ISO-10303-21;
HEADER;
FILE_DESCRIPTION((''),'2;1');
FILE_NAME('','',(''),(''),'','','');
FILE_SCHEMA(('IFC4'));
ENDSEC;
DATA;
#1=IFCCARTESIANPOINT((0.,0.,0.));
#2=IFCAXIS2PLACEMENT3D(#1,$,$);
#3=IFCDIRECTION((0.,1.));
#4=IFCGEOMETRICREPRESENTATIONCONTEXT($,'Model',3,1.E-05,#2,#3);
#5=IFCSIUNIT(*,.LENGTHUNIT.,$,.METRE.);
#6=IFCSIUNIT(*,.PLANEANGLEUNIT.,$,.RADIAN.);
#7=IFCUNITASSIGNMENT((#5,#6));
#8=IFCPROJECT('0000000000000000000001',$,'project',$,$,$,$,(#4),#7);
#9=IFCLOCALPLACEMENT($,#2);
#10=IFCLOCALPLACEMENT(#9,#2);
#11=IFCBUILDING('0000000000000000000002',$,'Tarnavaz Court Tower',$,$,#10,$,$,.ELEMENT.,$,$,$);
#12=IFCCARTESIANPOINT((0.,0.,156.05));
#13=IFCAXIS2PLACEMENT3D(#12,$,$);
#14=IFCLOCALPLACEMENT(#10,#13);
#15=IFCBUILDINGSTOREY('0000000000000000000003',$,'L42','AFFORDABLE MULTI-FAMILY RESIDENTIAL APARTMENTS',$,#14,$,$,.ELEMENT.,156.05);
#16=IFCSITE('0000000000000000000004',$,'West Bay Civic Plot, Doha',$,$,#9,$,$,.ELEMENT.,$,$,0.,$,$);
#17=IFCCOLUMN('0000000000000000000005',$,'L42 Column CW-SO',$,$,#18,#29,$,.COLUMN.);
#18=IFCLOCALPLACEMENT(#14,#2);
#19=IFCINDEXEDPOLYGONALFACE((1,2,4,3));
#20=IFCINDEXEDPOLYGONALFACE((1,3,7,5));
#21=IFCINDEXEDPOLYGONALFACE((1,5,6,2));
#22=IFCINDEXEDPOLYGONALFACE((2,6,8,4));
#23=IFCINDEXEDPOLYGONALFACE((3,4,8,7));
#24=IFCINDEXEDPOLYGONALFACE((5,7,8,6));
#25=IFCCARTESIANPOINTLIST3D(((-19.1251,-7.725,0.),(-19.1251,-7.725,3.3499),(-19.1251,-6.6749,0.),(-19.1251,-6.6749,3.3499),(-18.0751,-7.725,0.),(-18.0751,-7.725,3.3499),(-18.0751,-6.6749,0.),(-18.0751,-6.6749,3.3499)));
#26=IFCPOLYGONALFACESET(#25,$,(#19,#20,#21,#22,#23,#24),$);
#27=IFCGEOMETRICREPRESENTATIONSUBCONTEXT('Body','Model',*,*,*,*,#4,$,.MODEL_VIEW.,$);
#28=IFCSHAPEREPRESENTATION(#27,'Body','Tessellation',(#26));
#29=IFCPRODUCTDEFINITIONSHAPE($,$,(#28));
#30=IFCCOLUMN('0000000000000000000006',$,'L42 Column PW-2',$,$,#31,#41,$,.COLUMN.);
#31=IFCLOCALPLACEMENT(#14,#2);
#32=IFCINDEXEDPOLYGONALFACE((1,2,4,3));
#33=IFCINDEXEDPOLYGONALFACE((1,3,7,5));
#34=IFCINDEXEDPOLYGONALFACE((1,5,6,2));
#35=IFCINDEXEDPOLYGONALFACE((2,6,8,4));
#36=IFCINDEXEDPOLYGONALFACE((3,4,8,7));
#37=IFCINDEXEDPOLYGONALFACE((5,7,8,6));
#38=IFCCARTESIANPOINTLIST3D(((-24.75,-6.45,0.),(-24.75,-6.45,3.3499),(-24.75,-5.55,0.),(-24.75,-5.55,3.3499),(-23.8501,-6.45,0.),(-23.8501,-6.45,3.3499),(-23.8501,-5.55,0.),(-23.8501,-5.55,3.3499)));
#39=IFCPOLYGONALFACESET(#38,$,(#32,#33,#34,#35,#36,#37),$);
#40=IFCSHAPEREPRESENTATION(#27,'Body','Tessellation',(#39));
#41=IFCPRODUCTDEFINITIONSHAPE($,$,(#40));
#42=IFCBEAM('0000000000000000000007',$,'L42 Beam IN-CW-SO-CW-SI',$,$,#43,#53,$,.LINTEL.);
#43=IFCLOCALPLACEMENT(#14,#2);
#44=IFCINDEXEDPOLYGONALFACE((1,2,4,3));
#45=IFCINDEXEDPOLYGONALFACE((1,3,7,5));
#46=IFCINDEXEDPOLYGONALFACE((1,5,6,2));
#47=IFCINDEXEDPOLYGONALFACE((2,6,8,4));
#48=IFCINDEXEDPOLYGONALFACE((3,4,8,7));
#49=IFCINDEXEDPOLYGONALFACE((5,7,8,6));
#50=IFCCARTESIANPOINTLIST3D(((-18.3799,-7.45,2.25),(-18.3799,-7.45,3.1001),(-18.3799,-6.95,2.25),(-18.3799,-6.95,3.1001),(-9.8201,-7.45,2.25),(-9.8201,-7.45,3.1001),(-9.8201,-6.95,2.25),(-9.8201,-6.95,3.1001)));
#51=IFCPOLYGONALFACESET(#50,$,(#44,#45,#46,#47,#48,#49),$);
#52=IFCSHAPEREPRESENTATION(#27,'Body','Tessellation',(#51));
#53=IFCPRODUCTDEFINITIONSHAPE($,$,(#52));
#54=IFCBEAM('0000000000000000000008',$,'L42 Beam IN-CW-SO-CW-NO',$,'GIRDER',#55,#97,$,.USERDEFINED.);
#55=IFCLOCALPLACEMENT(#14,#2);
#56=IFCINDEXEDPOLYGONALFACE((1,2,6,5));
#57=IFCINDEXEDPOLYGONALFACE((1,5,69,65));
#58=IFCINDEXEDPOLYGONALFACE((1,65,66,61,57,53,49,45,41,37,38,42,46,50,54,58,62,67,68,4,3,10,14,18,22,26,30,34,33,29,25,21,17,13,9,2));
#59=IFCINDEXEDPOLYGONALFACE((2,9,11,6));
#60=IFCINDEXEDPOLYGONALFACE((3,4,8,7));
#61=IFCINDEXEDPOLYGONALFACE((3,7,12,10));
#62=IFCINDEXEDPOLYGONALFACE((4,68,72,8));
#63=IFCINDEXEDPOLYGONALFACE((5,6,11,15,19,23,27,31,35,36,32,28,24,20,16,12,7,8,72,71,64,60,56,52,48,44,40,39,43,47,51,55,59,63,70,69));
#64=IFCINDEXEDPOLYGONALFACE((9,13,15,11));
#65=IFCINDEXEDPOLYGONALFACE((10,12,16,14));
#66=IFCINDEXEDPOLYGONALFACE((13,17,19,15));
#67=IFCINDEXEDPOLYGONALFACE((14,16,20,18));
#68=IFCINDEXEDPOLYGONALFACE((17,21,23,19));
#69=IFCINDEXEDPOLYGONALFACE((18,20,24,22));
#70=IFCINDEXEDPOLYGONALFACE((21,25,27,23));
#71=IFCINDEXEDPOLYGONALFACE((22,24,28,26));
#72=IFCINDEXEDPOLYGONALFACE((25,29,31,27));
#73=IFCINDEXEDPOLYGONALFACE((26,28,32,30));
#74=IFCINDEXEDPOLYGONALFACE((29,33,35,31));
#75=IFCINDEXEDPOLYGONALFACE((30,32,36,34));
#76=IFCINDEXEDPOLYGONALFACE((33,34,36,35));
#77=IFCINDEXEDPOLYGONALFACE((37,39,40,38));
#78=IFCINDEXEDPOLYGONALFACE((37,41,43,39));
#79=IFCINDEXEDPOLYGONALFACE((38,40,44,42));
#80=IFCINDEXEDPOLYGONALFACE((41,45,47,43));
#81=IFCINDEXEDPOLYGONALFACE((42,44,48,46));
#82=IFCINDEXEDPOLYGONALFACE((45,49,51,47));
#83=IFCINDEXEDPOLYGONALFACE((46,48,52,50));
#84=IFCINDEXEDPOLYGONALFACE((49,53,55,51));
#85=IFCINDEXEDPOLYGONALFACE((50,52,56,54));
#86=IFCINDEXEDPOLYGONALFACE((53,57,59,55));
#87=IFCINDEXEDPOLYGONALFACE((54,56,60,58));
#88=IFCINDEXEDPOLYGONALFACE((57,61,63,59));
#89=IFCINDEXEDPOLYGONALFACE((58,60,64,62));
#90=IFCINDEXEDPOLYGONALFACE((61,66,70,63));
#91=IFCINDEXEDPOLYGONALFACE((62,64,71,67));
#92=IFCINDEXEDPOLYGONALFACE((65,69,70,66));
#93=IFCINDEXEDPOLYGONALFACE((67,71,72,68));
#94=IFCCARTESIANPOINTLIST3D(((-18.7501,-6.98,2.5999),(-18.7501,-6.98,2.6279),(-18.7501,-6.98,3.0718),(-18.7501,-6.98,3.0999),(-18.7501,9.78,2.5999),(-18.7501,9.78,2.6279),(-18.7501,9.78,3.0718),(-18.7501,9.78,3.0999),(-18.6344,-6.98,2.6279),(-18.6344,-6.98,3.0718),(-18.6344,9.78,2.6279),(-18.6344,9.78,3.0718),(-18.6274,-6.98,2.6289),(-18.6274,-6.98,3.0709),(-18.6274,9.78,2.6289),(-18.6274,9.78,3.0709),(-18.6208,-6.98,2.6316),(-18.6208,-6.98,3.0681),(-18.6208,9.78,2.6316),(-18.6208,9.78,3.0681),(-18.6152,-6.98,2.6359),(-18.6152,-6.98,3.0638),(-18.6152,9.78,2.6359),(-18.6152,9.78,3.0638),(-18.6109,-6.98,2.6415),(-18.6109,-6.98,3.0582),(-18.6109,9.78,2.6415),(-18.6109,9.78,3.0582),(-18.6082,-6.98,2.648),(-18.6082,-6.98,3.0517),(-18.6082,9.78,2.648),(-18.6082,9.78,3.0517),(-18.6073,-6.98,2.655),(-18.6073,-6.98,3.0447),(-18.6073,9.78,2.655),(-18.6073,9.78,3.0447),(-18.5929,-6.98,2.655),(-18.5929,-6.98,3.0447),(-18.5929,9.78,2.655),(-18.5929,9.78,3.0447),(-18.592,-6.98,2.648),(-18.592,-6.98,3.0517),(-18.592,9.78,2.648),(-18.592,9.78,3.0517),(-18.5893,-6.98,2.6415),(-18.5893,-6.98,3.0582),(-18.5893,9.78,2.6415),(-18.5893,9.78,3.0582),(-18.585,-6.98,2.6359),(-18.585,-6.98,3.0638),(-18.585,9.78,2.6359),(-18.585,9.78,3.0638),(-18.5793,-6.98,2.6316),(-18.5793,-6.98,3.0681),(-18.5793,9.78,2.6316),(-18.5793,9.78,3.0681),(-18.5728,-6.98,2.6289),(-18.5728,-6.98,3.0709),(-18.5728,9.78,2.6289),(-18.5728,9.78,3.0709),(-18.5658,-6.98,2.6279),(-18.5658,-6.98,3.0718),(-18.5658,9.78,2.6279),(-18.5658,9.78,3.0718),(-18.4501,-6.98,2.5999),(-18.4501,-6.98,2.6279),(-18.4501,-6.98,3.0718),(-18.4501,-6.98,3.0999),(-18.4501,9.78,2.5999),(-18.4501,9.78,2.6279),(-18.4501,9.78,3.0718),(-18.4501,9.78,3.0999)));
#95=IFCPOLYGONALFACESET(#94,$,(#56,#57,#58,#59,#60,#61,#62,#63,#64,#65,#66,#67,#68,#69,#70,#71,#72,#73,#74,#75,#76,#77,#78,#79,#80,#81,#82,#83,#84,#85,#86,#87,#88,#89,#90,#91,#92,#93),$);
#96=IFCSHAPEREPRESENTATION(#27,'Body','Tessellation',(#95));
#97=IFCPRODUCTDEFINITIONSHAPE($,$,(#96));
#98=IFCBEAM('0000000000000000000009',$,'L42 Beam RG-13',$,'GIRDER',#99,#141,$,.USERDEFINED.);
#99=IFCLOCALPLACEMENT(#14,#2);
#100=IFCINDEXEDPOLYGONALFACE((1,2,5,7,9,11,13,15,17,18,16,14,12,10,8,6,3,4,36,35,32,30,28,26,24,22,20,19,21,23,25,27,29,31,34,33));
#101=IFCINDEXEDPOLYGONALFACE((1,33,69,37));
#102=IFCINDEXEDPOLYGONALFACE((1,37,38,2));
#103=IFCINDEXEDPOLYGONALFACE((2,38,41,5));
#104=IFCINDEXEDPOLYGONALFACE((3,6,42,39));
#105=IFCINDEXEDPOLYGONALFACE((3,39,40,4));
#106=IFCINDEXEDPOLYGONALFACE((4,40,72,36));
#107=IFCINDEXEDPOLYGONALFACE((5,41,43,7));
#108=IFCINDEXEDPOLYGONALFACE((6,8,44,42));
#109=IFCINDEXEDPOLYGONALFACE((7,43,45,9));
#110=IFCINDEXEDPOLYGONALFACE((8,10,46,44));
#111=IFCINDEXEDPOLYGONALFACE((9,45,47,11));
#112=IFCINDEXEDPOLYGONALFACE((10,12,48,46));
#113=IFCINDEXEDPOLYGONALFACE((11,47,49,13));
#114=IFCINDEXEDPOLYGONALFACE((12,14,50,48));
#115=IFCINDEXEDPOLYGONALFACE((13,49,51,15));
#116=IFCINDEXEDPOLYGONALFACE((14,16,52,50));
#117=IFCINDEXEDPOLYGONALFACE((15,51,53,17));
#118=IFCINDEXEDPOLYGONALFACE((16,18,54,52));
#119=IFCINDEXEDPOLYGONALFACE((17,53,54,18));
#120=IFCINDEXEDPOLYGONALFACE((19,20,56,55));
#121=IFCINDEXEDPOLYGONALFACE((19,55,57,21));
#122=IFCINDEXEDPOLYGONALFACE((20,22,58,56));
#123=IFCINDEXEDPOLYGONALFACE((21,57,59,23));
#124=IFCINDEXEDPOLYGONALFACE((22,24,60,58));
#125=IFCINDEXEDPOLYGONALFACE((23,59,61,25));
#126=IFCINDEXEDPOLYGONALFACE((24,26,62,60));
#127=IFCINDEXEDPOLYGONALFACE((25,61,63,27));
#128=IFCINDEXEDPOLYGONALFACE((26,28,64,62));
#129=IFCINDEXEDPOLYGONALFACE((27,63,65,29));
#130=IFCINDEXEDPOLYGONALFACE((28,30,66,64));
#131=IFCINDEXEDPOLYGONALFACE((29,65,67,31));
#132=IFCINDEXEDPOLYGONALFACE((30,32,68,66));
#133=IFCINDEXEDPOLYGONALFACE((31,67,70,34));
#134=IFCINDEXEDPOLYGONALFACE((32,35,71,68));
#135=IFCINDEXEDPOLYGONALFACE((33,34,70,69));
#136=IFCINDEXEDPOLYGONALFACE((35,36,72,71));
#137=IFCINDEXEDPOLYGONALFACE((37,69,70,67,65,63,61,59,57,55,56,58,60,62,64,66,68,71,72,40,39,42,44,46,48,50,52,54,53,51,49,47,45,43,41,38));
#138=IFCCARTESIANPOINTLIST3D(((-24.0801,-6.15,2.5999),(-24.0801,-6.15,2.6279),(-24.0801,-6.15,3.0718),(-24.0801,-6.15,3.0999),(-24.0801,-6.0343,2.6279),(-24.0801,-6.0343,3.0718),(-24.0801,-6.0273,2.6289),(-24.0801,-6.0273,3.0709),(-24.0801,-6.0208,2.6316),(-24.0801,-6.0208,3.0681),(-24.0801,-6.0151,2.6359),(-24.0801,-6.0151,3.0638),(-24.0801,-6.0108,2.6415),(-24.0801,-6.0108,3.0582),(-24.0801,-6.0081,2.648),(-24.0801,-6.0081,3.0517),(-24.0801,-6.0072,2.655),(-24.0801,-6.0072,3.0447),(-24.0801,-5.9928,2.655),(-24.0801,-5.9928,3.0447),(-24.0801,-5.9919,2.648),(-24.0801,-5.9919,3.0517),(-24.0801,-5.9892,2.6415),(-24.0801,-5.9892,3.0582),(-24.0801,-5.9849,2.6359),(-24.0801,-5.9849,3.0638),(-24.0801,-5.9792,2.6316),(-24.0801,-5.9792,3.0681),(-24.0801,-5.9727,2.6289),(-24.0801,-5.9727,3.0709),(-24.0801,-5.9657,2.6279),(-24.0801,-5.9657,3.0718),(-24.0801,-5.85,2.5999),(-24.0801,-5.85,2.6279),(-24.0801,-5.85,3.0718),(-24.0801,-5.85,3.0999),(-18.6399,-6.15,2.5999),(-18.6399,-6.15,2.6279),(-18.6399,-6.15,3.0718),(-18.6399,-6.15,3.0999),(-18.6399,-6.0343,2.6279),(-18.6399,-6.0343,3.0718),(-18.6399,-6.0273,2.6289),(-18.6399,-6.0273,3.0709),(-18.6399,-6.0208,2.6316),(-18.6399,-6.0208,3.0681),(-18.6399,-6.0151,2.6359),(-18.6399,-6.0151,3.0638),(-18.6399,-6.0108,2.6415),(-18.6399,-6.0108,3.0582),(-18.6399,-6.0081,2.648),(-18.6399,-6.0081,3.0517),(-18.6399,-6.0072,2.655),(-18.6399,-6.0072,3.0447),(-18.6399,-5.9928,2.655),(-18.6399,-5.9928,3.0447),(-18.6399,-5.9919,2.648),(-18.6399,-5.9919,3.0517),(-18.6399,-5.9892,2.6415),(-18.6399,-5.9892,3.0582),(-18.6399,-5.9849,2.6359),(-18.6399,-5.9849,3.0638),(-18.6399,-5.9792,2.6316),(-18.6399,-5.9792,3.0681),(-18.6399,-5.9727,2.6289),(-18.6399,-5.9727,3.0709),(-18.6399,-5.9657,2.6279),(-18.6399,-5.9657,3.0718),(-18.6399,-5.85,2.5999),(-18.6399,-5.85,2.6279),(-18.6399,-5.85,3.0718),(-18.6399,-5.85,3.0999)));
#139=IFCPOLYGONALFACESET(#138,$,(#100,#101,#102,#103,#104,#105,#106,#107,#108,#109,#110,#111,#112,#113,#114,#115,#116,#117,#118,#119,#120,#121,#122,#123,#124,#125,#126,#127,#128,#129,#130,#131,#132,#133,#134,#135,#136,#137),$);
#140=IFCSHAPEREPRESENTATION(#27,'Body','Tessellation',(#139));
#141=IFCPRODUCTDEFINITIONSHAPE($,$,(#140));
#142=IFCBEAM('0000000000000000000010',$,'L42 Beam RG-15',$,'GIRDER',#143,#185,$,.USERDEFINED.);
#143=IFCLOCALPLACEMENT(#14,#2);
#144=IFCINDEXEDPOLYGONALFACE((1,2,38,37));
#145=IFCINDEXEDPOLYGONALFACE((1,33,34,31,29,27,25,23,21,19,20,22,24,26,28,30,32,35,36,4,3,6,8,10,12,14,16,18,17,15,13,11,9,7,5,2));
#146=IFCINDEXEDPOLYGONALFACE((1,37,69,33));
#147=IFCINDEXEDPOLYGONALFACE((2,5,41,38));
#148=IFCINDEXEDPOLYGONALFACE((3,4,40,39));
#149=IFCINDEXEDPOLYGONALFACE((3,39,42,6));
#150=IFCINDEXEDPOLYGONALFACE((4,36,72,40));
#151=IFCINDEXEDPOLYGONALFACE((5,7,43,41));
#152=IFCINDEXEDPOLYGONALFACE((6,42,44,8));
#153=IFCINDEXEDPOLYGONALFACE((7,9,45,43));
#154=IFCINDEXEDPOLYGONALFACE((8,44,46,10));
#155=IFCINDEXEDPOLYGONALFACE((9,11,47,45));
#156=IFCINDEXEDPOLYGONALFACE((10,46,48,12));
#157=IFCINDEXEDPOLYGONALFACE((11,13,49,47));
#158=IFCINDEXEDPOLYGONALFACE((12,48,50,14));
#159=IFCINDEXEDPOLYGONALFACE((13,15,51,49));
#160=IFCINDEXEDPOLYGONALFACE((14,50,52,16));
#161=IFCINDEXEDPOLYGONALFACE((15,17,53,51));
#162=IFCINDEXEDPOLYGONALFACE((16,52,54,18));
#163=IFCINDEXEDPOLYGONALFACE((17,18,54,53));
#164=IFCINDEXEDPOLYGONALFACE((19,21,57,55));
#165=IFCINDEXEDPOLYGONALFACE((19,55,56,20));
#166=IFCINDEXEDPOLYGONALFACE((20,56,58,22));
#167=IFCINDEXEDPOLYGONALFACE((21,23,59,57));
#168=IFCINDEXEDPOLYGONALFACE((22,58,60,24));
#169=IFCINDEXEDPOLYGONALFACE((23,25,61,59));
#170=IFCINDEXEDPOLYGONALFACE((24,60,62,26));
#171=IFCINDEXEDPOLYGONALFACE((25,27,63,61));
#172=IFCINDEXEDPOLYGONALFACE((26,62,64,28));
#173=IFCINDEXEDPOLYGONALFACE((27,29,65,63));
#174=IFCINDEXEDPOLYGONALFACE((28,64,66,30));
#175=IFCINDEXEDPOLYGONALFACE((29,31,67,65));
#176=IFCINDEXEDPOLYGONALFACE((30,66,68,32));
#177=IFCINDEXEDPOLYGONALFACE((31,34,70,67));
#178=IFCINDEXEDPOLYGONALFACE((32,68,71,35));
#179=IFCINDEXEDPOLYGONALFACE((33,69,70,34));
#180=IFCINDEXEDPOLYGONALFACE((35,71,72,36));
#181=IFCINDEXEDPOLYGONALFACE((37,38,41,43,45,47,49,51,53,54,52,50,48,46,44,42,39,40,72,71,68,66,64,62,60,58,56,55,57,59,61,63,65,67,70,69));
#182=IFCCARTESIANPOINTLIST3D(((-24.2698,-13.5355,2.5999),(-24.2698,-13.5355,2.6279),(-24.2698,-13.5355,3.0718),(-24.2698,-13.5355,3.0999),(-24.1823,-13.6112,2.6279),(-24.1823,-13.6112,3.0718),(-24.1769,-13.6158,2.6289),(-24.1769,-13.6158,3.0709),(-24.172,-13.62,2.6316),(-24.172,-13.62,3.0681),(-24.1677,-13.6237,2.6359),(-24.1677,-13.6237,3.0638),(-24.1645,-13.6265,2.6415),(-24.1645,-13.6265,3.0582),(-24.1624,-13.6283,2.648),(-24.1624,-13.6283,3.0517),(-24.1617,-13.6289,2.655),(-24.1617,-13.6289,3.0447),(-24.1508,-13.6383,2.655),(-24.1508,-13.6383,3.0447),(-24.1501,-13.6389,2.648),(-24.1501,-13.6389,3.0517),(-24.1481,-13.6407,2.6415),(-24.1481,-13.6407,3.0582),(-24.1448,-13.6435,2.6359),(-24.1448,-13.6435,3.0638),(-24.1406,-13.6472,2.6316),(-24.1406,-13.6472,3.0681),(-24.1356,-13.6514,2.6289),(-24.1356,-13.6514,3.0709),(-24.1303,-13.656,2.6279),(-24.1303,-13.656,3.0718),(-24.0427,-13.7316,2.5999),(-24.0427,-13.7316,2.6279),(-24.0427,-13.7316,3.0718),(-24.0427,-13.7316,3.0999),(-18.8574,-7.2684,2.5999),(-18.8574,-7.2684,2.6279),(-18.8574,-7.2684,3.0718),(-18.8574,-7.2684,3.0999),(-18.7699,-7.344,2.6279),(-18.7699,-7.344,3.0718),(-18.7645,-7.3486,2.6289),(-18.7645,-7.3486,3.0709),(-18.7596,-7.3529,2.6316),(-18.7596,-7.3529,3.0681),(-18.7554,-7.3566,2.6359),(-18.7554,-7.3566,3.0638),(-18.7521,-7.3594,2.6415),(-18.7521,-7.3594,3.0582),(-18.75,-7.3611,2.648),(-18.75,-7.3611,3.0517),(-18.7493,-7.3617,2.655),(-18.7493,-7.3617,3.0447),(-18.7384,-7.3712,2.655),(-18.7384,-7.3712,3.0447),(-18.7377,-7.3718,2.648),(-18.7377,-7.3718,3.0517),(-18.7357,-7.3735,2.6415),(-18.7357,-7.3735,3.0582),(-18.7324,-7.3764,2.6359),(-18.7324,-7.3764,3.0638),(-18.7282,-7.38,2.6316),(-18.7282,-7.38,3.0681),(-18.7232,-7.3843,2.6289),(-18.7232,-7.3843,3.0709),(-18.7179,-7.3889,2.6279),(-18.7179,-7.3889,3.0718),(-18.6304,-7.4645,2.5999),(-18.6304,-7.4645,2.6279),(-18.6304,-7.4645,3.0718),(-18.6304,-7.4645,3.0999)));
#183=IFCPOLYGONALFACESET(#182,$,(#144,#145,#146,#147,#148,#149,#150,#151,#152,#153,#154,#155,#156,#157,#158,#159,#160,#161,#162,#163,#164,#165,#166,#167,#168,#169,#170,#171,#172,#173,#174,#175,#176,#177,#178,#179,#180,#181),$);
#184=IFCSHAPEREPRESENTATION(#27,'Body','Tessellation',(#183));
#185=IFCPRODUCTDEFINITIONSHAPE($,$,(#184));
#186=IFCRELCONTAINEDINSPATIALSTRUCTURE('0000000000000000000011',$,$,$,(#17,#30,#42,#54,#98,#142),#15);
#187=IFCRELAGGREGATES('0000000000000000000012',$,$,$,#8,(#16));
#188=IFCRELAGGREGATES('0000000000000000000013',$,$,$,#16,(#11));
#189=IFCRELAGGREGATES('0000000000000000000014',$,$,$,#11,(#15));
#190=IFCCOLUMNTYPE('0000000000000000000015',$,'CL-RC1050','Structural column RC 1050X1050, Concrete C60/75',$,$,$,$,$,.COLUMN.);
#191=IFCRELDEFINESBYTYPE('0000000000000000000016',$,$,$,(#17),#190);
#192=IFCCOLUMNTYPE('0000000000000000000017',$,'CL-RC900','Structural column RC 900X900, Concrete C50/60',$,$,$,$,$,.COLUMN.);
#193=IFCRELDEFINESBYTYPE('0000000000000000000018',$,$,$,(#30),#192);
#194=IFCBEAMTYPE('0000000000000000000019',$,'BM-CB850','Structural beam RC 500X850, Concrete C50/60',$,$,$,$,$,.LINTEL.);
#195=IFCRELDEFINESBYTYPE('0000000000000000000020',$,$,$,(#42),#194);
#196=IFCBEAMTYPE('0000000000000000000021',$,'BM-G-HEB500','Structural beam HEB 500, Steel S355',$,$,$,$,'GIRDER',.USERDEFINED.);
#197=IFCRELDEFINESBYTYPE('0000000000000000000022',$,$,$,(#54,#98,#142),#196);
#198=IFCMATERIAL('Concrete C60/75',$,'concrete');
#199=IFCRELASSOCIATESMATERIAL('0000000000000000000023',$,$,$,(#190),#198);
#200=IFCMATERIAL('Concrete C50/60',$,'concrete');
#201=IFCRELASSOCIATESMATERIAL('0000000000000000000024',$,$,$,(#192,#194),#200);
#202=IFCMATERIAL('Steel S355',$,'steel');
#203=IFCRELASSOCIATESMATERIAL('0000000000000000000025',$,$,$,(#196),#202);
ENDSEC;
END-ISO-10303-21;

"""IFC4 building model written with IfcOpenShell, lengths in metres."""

from ifc_helpers import new_model, si_unit, direction, frame, origin, origin_2d, place, context, subcontext, project, spatial, rectangle, i_section, extrude, material, material_profile, profile_set, type_object, element, save


model = new_model("IFC4")

# Units and contexts
model_context = context("Model", 3, precision=1e-05, world=origin(), true_north=direction((0.0, 1.0)))
body_context = subcontext(model_context, "Body", "Model", "MODEL_VIEW")
ifc_project = project(units=[si_unit("LENGTHUNIT", "METRE"), si_unit("PLANEANGLEUNIT", "RADIAN")], contexts=[model_context])

# Site, building, storey
site_placement = place(None, origin())
site = spatial("IfcSite", under=ifc_project, at=site_placement, Name="West Bay Civic Plot, Doha", CompositionType="ELEMENT", RefElevation=0.0)
building_placement = place(site_placement, origin())
building = spatial("IfcBuilding", under=site, at=building_placement, Name="Tarnavaz Court Tower", CompositionType="ELEMENT")
storey_placement = place(building_placement, frame((0.0, 0.0, 156.05)))
storey = spatial("IfcBuildingStorey", under=building, at=storey_placement, Name="L42", Description="AFFORDABLE MULTI-FAMILY RESIDENTIAL APARTMENTS", CompositionType="ELEMENT", Elevation=156.05)

# Columns
ifc_material_1 = material(Name="Concrete C60/75", Category="concrete")
ifc_material_profile_1 = material_profile(ifc_material_1, rectangle(XDim=1.05, YDim=1.05, at=origin_2d()), Name="RC 1050X1050")
ifc_profile_set_1 = profile_set([ifc_material_profile_1], Name="Concrete C60/75")
column_type_1 = type_object("IfcColumnType", Name="CL-RC1050", Description="Structural column RC 1050X1050, Concrete C60/75", PredefinedType="COLUMN", material=ifc_profile_set_1)
column_1_placement = place(storey_placement, frame((-18.6001, -7.2, 0.0), z_axis=(0.0, 0.0, 1.0), x_axis=(1.0, 0.0, 0.0)))
element("IfcColumn", 1, at=column_1_placement, inside=storey, type_object=column_type_1, Name="L42 Column CW-SO", PredefinedType="COLUMN", context=body_context, shape_type="SweptSolid", body=[
    extrude(rectangle(XDim=1.05, YDim=1.05, at=origin_2d()), origin(), (0.0, 0.0, 1.0), 3.3499),
])
ifc_material_2 = material(Name="Concrete C50/60", Category="concrete")
ifc_material_profile_2 = material_profile(ifc_material_2, rectangle(XDim=0.8999, YDim=0.8999, at=origin_2d()), Name="RC 900X900")
ifc_profile_set_2 = profile_set([ifc_material_profile_2], Name="Concrete C50/60")
column_type_2 = type_object("IfcColumnType", Name="CL-RC900", Description="Structural column RC 900X900, Concrete C50/60", PredefinedType="COLUMN", material=ifc_profile_set_2)
column_2_placement = place(storey_placement, frame((-24.3, -6.0, 0.0), z_axis=(0.0, 0.0, 1.0), x_axis=(1.0, 0.0, 0.0)))
element("IfcColumn", 2, at=column_2_placement, inside=storey, type_object=column_type_2, Name="L42 Column PW-2", PredefinedType="COLUMN", context=body_context, shape_type="SweptSolid", body=[
    extrude(rectangle(XDim=0.8999, YDim=0.8999, at=origin_2d()), origin(), (0.0, 0.0, 1.0), 3.3499),
])

# Beams
ifc_material_profile_3 = material_profile(ifc_material_2, rectangle(XDim=0.5, YDim=0.8501, at=origin_2d()), Name="RC 500X850")
ifc_profile_set_3 = profile_set([ifc_material_profile_3], Name="Concrete C50/60")
beam_type_1 = type_object("IfcBeamType", Name="BM-CB850", Description="Structural beam RC 500X850, Concrete C50/60", PredefinedType="LINTEL", material=ifc_profile_set_3)
beam_1_placement = place(storey_placement, frame((-18.3799, -7.2, 2.675), z_axis=(1.0, 0.0, 0.0), x_axis=(0.0, 1.0, 0.0)))
element("IfcBeam", 3, at=beam_1_placement, inside=storey, type_object=beam_type_1, Name="L42 Beam IN-CW-SO-CW-SI", PredefinedType="LINTEL", context=body_context, shape_type="SweptSolid", body=[
    extrude(rectangle(XDim=0.5, YDim=0.8501, at=origin_2d()), origin(), (0.0, 0.0, 1.0), 8.5598),
])
ifc_material_3 = material(Name="Steel S355", Category="steel")
ifc_material_profile_4 = material_profile(ifc_material_3, i_section(OverallWidth=0.3, OverallDepth=0.5, WebThickness=0.0144, FlangeThickness=0.0281, FilletRadius=0.0271, at=origin_2d()), Name="HEB 500")
ifc_profile_set_4 = profile_set([ifc_material_profile_4], Name="Steel S355")
beam_type_2 = type_object("IfcBeamType", Name="BM-G-HEB500", Description="Structural beam HEB 500, Steel S355", ElementType="GIRDER", PredefinedType="USERDEFINED", material=ifc_profile_set_4)
beam_2_placement = place(storey_placement, frame((-18.6001, -6.98, 2.8499), z_axis=(0.0, 1.0, 0.0), x_axis=(-1.0, 0.0, 0.0)))
element("IfcBeam", 4, at=beam_2_placement, inside=storey, type_object=beam_type_2, Name="L42 Beam IN-CW-SO-CW-NO", ObjectType="GIRDER", PredefinedType="USERDEFINED", context=body_context, shape_type="SweptSolid", body=[
    extrude(i_section(OverallWidth=0.3, OverallDepth=0.5, WebThickness=0.0144, FlangeThickness=0.0281, FilletRadius=0.0271, at=origin_2d()), origin(), (0.0, 0.0, 1.0), 16.76),
])
beam_3_placement = place(storey_placement, frame((-18.6399, -6.0, 2.8499), z_axis=(-1.0, 0.0, 0.0), x_axis=(0.0, -1.0, 0.0)))
element("IfcBeam", 5, at=beam_3_placement, inside=storey, type_object=beam_type_2, Name="L42 Beam RG-13", ObjectType="GIRDER", PredefinedType="USERDEFINED", context=body_context, shape_type="SweptSolid", body=[
    extrude(i_section(OverallWidth=0.3, OverallDepth=0.5, WebThickness=0.0144, FlangeThickness=0.0281, FilletRadius=0.0271, at=origin_2d()), origin(), (0.0, 0.0, 1.0), 5.4402),
])
beam_4_placement = place(storey_placement, frame((-18.7439, -7.3665, 2.8499), z_axis=(-0.653611, -0.756831, 0.0), x_axis=(0.756831, -0.653611, 0.0)))
element("IfcBeam", 6, at=beam_4_placement, inside=storey, type_object=beam_type_2, Name="L42 Beam RG-15", ObjectType="GIRDER", PredefinedType="USERDEFINED", context=body_context, shape_type="SweptSolid", body=[
    extrude(i_section(OverallWidth=0.3, OverallDepth=0.5, WebThickness=0.0144, FlangeThickness=0.0281, FilletRadius=0.0271, at=origin_2d()), origin(), (0.0, 0.0, 1.0), 8.2808),
])

save(model, "model.ifc")
